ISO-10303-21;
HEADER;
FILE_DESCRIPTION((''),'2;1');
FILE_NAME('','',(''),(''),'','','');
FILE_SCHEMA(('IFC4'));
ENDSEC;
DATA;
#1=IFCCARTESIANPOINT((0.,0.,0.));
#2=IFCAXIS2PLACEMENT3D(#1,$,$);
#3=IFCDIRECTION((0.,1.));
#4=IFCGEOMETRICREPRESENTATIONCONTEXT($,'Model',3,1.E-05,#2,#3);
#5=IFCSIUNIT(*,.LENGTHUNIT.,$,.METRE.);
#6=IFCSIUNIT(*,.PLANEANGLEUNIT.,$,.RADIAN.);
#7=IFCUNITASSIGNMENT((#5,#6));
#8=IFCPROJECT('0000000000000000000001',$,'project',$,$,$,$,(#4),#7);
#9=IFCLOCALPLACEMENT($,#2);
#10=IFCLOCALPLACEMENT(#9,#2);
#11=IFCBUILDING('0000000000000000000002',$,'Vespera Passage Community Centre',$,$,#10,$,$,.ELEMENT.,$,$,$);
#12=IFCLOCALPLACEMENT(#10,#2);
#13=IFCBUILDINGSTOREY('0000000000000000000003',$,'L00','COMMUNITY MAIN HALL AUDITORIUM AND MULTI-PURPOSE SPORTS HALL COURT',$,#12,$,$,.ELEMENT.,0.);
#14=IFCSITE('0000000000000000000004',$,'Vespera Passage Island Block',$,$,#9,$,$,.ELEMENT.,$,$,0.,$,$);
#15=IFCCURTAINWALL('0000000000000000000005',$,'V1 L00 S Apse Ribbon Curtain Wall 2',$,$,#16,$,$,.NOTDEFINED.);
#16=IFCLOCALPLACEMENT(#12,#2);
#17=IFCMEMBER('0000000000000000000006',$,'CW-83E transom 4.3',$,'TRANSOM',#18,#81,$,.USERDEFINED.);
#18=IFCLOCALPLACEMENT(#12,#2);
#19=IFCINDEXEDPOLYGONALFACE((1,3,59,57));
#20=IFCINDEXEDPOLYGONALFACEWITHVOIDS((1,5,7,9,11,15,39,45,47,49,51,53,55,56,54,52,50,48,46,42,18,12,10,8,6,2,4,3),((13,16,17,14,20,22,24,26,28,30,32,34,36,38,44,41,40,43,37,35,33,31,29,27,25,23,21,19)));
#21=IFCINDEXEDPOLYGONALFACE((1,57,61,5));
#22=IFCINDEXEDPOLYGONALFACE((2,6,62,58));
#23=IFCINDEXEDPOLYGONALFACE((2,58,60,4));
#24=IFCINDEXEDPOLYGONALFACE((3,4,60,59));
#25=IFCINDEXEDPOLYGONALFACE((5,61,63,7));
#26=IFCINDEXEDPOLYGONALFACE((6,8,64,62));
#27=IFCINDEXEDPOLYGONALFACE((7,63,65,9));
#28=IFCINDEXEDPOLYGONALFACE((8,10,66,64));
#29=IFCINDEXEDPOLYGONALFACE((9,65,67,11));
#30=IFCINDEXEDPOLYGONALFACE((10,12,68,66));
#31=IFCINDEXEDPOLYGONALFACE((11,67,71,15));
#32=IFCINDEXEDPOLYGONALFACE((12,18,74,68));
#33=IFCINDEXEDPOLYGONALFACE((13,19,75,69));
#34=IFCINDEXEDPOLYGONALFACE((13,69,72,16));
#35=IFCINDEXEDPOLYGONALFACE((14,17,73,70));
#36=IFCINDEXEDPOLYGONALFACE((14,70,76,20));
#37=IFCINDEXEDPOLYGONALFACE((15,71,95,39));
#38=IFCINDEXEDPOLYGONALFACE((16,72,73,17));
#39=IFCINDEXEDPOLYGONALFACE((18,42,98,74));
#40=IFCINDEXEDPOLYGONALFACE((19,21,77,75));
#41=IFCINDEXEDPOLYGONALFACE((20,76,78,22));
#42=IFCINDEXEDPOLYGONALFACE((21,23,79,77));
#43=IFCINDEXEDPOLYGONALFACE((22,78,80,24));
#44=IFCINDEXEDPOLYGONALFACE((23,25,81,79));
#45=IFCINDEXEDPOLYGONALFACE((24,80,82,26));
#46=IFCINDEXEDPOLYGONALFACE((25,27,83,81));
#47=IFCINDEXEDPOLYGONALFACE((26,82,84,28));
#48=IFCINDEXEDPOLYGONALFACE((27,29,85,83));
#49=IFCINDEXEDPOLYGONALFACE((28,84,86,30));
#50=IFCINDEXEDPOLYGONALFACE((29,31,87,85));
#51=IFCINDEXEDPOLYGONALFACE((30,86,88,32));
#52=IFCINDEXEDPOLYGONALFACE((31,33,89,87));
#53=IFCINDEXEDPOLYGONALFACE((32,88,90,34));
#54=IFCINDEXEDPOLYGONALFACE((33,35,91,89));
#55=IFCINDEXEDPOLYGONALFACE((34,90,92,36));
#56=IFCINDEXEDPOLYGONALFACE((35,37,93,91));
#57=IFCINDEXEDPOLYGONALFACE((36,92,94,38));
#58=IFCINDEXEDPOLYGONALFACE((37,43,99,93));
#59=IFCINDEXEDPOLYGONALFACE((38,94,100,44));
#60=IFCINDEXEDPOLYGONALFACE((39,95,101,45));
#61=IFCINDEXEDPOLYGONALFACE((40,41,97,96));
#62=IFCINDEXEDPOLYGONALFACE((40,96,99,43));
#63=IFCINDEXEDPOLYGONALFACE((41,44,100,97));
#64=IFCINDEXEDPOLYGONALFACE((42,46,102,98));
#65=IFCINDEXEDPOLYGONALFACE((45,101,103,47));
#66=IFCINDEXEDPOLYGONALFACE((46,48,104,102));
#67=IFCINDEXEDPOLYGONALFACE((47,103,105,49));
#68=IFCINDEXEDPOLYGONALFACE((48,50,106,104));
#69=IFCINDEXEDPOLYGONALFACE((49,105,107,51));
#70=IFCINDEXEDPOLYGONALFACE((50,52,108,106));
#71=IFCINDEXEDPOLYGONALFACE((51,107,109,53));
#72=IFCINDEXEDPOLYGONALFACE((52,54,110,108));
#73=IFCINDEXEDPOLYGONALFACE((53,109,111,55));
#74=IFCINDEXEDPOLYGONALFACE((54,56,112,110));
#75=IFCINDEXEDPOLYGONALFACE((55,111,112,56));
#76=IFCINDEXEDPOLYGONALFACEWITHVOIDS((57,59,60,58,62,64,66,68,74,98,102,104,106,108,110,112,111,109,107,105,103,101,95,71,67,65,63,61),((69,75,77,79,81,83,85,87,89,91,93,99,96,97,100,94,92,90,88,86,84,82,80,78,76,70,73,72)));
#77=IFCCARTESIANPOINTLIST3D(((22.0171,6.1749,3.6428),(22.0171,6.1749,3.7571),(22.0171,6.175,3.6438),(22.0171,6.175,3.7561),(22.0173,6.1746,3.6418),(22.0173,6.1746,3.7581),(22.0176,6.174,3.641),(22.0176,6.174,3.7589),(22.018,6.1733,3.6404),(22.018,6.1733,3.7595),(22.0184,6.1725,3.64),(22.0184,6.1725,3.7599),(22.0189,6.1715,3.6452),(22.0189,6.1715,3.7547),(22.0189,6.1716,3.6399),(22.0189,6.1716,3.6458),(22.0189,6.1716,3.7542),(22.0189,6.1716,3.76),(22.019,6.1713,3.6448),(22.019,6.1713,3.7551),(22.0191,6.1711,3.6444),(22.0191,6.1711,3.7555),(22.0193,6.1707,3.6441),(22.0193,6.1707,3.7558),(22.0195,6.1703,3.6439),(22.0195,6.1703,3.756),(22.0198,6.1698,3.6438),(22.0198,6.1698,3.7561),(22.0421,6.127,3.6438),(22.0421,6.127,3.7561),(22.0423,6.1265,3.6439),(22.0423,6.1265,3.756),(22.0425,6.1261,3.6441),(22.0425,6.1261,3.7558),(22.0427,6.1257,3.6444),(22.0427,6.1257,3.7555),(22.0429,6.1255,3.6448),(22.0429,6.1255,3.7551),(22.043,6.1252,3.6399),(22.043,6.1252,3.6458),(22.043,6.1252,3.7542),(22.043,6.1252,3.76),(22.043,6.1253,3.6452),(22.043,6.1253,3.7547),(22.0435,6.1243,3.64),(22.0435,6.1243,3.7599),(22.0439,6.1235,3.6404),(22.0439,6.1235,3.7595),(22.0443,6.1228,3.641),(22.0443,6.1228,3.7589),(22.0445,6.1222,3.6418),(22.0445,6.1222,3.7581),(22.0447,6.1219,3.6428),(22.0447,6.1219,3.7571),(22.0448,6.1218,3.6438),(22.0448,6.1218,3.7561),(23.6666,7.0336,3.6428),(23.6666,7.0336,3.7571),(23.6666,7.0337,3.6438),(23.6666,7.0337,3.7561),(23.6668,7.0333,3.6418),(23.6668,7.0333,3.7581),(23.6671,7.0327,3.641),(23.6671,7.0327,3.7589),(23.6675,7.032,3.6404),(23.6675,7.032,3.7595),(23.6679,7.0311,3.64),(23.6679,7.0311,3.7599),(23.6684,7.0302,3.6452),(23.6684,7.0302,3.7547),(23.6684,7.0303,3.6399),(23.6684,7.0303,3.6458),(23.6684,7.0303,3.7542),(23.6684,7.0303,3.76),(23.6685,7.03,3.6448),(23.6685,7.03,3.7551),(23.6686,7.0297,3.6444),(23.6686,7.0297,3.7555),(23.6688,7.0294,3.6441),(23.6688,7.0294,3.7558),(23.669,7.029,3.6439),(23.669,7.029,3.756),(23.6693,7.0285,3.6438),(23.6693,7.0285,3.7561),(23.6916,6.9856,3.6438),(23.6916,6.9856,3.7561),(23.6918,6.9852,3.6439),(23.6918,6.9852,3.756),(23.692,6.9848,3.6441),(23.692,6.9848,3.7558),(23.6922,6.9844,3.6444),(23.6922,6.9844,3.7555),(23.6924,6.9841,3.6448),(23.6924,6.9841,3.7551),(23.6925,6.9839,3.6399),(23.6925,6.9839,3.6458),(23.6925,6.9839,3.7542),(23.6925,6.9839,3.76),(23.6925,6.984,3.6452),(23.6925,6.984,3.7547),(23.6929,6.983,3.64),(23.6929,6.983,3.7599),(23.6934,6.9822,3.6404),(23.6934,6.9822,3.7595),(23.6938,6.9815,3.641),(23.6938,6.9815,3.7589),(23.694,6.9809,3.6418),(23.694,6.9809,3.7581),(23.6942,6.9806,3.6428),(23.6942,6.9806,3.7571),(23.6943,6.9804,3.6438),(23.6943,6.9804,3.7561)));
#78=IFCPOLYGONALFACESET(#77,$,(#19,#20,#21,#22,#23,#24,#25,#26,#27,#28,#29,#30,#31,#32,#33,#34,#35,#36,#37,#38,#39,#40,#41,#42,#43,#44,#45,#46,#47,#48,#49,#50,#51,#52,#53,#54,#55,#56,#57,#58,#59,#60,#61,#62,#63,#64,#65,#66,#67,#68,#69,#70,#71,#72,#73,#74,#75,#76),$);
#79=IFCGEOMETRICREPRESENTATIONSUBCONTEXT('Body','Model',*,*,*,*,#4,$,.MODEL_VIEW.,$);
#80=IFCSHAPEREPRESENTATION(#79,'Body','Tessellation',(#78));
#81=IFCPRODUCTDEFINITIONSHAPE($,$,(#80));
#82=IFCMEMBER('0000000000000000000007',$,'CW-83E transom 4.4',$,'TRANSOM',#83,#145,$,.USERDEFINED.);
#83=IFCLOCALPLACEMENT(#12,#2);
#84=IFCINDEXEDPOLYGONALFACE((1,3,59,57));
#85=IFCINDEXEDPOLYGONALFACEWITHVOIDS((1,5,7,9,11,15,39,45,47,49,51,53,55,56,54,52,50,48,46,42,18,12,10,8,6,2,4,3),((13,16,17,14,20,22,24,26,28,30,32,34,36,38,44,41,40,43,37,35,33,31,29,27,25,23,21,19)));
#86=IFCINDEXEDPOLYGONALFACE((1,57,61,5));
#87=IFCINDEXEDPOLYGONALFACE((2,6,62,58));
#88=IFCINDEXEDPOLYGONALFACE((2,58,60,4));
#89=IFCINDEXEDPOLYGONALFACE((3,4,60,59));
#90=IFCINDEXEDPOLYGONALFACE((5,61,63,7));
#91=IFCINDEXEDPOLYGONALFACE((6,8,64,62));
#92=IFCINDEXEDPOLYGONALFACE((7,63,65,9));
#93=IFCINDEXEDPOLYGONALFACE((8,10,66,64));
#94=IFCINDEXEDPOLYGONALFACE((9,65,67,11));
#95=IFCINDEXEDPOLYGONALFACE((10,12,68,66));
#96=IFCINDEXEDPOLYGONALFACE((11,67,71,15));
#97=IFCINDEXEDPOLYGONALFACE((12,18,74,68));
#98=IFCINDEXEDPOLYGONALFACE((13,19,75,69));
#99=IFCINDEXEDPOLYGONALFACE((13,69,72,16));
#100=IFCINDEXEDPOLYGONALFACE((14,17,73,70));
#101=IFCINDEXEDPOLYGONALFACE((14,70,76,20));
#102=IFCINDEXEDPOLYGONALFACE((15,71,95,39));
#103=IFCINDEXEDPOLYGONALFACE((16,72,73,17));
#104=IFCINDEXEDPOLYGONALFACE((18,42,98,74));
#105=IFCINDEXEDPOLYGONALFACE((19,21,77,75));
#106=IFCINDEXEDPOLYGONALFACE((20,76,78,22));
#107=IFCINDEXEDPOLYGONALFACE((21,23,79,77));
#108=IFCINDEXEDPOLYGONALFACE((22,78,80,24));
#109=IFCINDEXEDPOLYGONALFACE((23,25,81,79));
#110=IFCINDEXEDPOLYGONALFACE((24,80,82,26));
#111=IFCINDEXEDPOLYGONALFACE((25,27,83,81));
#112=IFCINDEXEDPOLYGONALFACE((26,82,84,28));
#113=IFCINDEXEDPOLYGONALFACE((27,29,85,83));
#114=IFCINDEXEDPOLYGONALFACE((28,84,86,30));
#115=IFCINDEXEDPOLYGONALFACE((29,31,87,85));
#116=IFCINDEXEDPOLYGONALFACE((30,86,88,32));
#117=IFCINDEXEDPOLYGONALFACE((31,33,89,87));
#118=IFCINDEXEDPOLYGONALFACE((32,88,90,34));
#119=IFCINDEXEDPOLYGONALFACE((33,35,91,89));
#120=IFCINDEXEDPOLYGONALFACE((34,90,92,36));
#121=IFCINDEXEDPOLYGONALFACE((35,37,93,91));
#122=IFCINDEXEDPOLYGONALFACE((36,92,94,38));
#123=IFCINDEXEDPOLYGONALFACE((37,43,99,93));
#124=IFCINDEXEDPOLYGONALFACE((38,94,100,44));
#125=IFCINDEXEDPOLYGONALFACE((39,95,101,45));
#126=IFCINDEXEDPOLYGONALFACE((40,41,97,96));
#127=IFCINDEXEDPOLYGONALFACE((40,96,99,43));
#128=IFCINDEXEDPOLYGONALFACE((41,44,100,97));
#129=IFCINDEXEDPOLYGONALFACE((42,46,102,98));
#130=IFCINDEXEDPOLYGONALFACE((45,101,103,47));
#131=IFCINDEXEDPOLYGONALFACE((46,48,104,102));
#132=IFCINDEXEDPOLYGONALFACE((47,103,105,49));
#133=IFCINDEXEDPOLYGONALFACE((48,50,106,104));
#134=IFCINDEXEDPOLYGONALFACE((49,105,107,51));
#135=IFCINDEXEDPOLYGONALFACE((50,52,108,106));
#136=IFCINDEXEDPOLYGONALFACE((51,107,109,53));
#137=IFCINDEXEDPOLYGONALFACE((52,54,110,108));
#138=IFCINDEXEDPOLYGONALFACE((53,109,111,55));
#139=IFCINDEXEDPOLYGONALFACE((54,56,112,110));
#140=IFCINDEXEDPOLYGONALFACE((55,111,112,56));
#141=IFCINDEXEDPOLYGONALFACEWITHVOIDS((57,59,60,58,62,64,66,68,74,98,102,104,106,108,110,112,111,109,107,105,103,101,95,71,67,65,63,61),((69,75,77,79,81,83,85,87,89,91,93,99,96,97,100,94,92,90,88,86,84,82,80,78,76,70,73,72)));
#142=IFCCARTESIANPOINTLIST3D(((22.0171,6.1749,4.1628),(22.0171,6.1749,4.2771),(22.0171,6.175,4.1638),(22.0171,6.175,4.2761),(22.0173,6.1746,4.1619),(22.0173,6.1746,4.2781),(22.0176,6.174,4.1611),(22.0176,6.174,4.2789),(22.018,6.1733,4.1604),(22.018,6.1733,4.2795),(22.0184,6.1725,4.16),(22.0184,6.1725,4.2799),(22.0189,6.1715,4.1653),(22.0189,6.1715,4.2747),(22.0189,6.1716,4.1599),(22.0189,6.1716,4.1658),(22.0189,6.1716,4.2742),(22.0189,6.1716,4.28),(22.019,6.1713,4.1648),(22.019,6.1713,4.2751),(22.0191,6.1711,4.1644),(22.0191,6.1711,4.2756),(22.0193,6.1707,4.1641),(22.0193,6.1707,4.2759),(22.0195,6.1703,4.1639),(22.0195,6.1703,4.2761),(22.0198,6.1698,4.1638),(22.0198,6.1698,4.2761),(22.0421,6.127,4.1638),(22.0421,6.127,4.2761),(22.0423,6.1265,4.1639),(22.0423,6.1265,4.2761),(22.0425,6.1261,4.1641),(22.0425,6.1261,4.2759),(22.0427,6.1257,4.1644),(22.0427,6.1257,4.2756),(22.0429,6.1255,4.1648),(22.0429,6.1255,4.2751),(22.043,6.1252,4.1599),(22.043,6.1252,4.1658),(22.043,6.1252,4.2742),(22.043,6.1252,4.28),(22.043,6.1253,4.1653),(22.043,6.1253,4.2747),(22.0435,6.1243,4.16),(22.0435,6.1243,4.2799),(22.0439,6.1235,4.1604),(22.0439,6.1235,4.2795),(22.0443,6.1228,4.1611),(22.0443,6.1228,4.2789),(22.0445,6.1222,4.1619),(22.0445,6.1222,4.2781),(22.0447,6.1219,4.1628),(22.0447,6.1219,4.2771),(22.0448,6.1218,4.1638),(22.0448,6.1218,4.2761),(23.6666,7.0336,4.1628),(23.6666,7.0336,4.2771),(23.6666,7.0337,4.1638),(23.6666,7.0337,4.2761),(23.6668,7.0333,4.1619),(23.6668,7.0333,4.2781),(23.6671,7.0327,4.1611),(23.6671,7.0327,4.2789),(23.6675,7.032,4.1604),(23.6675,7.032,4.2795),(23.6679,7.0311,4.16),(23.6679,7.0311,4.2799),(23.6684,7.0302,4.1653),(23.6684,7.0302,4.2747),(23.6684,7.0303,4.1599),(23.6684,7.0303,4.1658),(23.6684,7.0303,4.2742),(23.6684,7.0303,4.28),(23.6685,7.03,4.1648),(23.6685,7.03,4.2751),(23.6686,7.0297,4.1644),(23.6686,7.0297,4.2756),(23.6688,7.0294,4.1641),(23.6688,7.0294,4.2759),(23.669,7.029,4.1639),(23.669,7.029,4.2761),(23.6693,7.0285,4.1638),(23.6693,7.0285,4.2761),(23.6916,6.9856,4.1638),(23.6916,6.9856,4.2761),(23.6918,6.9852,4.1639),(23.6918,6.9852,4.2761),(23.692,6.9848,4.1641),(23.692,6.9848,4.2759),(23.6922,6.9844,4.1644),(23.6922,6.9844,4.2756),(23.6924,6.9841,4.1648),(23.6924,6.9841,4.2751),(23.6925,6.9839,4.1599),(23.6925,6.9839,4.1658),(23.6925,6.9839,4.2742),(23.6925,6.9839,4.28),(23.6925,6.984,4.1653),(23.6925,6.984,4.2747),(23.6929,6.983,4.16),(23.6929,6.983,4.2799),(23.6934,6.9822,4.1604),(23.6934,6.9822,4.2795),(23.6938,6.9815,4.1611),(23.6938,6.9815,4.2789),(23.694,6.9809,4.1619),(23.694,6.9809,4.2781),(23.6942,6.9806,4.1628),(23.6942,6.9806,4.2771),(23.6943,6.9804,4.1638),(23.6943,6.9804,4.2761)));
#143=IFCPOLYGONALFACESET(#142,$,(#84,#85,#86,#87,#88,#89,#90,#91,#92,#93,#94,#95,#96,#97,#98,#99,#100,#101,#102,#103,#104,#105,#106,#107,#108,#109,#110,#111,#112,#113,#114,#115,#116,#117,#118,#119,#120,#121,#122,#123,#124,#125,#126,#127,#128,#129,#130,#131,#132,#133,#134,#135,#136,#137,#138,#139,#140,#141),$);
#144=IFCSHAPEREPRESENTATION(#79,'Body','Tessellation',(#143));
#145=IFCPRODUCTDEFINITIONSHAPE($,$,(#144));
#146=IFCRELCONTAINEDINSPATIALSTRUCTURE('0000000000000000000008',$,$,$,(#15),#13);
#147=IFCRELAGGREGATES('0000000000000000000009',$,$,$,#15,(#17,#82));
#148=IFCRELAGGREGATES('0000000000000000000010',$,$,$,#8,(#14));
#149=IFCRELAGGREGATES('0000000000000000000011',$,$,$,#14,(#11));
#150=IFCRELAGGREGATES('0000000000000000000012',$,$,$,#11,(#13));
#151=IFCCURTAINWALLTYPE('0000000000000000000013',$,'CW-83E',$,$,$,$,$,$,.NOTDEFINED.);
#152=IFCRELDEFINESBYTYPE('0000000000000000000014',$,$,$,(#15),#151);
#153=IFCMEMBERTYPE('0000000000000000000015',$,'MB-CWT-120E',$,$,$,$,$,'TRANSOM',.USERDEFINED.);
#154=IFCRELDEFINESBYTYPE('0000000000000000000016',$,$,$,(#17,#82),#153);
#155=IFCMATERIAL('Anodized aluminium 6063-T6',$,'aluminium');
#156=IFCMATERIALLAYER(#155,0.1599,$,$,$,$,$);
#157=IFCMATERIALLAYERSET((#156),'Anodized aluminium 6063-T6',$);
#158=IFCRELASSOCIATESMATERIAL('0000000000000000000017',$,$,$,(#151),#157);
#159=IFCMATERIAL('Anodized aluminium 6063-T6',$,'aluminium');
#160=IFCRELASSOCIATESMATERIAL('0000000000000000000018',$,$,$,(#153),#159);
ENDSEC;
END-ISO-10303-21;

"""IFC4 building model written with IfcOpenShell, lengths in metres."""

from ifc_helpers import new_model, si_unit, direction, frame, origin, origin_2d, place, context, subcontext, project, spatial, hollow_rectangle, extrude, material, layer, layer_set, material_profile, profile_set, type_object, element, aggregate, save


model = new_model("IFC4")

# Units and contexts
model_context = context("Model", 3, precision=1e-05, world=origin(), true_north=direction((0.0, 1.0)))
body_context = subcontext(model_context, "Body", "Model", "MODEL_VIEW")
ifc_project = project(units=[si_unit("LENGTHUNIT", "METRE"), si_unit("PLANEANGLEUNIT", "RADIAN")], contexts=[model_context])

# Site, building, storey
site_placement = place(None, origin())
site = spatial("IfcSite", under=ifc_project, at=site_placement, Name="Vespera Passage Island Block", CompositionType="ELEMENT", RefElevation=0.0)
building_placement = place(site_placement, origin())
building = spatial("IfcBuilding", under=site, at=building_placement, Name="Vespera Passage Community Centre", CompositionType="ELEMENT")
storey_placement = place(building_placement, origin())
storey = spatial("IfcBuildingStorey", under=building, at=storey_placement, Name="L00", Description="COMMUNITY MAIN HALL AUDITORIUM AND MULTI-PURPOSE SPORTS HALL COURT", CompositionType="ELEMENT", Elevation=0.0)

# Curtain wall, members
ifc_material_1 = material(Name="Anodized aluminium 6063-T6", Category="aluminium")
ifc_layer_1 = layer(ifc_material_1, 0.1599)
ifc_layer_set_1 = layer_set([ifc_layer_1], Name="Anodized aluminium 6063-T6")
curtain_wall_type = type_object("IfcCurtainWallType", Name="CW-83E", PredefinedType="NOTDEFINED", material=ifc_layer_set_1)
curtain_wall_placement = place(storey_placement, origin())
curtain_wall = element("IfcCurtainWall", 1, at=curtain_wall_placement, inside=storey, type_object=curtain_wall_type, Name="V1 L00 S Apse Ribbon Curtain Wall 2", PredefinedType="NOTDEFINED")
ifc_material_2 = material(Name="Anodized aluminium 6063-T6", Category="aluminium")
ifc_material_profile_1 = material_profile(ifc_material_2, hollow_rectangle(XDim=0.0601, YDim=0.1201, WallThickness=0.0039, InnerFilletRadius=0.002, OuterFilletRadius=0.0039, at=origin_2d()), Name="ALU120X60X4")
ifc_profile_set_1 = profile_set([ifc_material_profile_1], Name="Anodized aluminium 6063-T6")
member_type_1 = type_object("IfcMemberType", Name="MB-CWT-120E", ElementType="TRANSOM", PredefinedType="USERDEFINED", material=ifc_profile_set_1)
member_1_placement = place(storey_placement, frame((23.6804, 7.0071, 3.7), z_axis=(-0.887008, -0.461754, 0.0), x_axis=(0.461754, -0.887008, 0.0)))
member_1 = element("IfcMember", 2, at=member_1_placement, type_object=member_type_1, Name="CW-83E transom 4.3", ObjectType="TRANSOM", PredefinedType="USERDEFINED", context=body_context, shape_type="SweptSolid", body=[
    extrude(hollow_rectangle(XDim=0.0601, YDim=0.1201, WallThickness=0.0039, InnerFilletRadius=0.002, OuterFilletRadius=0.0039, at=origin_2d()), origin(), (0.0, 0.0, 1.0), 1.8596),
])
member_2_placement = place(storey_placement, frame((23.6804, 7.0071, 4.22), z_axis=(-0.887008, -0.461754, 0.0), x_axis=(0.461754, -0.887008, 0.0)))
member_2 = element("IfcMember", 3, at=member_2_placement, type_object=member_type_1, Name="CW-83E transom 4.4", ObjectType="TRANSOM", PredefinedType="USERDEFINED", context=body_context, shape_type="SweptSolid", body=[
    extrude(hollow_rectangle(XDim=0.0601, YDim=0.1201, WallThickness=0.0039, InnerFilletRadius=0.002, OuterFilletRadius=0.0039, at=origin_2d()), origin(), (0.0, 0.0, 1.0), 1.8596),
])
aggregate(curtain_wall, [member_1, member_2])

save(model, "model.ifc")
